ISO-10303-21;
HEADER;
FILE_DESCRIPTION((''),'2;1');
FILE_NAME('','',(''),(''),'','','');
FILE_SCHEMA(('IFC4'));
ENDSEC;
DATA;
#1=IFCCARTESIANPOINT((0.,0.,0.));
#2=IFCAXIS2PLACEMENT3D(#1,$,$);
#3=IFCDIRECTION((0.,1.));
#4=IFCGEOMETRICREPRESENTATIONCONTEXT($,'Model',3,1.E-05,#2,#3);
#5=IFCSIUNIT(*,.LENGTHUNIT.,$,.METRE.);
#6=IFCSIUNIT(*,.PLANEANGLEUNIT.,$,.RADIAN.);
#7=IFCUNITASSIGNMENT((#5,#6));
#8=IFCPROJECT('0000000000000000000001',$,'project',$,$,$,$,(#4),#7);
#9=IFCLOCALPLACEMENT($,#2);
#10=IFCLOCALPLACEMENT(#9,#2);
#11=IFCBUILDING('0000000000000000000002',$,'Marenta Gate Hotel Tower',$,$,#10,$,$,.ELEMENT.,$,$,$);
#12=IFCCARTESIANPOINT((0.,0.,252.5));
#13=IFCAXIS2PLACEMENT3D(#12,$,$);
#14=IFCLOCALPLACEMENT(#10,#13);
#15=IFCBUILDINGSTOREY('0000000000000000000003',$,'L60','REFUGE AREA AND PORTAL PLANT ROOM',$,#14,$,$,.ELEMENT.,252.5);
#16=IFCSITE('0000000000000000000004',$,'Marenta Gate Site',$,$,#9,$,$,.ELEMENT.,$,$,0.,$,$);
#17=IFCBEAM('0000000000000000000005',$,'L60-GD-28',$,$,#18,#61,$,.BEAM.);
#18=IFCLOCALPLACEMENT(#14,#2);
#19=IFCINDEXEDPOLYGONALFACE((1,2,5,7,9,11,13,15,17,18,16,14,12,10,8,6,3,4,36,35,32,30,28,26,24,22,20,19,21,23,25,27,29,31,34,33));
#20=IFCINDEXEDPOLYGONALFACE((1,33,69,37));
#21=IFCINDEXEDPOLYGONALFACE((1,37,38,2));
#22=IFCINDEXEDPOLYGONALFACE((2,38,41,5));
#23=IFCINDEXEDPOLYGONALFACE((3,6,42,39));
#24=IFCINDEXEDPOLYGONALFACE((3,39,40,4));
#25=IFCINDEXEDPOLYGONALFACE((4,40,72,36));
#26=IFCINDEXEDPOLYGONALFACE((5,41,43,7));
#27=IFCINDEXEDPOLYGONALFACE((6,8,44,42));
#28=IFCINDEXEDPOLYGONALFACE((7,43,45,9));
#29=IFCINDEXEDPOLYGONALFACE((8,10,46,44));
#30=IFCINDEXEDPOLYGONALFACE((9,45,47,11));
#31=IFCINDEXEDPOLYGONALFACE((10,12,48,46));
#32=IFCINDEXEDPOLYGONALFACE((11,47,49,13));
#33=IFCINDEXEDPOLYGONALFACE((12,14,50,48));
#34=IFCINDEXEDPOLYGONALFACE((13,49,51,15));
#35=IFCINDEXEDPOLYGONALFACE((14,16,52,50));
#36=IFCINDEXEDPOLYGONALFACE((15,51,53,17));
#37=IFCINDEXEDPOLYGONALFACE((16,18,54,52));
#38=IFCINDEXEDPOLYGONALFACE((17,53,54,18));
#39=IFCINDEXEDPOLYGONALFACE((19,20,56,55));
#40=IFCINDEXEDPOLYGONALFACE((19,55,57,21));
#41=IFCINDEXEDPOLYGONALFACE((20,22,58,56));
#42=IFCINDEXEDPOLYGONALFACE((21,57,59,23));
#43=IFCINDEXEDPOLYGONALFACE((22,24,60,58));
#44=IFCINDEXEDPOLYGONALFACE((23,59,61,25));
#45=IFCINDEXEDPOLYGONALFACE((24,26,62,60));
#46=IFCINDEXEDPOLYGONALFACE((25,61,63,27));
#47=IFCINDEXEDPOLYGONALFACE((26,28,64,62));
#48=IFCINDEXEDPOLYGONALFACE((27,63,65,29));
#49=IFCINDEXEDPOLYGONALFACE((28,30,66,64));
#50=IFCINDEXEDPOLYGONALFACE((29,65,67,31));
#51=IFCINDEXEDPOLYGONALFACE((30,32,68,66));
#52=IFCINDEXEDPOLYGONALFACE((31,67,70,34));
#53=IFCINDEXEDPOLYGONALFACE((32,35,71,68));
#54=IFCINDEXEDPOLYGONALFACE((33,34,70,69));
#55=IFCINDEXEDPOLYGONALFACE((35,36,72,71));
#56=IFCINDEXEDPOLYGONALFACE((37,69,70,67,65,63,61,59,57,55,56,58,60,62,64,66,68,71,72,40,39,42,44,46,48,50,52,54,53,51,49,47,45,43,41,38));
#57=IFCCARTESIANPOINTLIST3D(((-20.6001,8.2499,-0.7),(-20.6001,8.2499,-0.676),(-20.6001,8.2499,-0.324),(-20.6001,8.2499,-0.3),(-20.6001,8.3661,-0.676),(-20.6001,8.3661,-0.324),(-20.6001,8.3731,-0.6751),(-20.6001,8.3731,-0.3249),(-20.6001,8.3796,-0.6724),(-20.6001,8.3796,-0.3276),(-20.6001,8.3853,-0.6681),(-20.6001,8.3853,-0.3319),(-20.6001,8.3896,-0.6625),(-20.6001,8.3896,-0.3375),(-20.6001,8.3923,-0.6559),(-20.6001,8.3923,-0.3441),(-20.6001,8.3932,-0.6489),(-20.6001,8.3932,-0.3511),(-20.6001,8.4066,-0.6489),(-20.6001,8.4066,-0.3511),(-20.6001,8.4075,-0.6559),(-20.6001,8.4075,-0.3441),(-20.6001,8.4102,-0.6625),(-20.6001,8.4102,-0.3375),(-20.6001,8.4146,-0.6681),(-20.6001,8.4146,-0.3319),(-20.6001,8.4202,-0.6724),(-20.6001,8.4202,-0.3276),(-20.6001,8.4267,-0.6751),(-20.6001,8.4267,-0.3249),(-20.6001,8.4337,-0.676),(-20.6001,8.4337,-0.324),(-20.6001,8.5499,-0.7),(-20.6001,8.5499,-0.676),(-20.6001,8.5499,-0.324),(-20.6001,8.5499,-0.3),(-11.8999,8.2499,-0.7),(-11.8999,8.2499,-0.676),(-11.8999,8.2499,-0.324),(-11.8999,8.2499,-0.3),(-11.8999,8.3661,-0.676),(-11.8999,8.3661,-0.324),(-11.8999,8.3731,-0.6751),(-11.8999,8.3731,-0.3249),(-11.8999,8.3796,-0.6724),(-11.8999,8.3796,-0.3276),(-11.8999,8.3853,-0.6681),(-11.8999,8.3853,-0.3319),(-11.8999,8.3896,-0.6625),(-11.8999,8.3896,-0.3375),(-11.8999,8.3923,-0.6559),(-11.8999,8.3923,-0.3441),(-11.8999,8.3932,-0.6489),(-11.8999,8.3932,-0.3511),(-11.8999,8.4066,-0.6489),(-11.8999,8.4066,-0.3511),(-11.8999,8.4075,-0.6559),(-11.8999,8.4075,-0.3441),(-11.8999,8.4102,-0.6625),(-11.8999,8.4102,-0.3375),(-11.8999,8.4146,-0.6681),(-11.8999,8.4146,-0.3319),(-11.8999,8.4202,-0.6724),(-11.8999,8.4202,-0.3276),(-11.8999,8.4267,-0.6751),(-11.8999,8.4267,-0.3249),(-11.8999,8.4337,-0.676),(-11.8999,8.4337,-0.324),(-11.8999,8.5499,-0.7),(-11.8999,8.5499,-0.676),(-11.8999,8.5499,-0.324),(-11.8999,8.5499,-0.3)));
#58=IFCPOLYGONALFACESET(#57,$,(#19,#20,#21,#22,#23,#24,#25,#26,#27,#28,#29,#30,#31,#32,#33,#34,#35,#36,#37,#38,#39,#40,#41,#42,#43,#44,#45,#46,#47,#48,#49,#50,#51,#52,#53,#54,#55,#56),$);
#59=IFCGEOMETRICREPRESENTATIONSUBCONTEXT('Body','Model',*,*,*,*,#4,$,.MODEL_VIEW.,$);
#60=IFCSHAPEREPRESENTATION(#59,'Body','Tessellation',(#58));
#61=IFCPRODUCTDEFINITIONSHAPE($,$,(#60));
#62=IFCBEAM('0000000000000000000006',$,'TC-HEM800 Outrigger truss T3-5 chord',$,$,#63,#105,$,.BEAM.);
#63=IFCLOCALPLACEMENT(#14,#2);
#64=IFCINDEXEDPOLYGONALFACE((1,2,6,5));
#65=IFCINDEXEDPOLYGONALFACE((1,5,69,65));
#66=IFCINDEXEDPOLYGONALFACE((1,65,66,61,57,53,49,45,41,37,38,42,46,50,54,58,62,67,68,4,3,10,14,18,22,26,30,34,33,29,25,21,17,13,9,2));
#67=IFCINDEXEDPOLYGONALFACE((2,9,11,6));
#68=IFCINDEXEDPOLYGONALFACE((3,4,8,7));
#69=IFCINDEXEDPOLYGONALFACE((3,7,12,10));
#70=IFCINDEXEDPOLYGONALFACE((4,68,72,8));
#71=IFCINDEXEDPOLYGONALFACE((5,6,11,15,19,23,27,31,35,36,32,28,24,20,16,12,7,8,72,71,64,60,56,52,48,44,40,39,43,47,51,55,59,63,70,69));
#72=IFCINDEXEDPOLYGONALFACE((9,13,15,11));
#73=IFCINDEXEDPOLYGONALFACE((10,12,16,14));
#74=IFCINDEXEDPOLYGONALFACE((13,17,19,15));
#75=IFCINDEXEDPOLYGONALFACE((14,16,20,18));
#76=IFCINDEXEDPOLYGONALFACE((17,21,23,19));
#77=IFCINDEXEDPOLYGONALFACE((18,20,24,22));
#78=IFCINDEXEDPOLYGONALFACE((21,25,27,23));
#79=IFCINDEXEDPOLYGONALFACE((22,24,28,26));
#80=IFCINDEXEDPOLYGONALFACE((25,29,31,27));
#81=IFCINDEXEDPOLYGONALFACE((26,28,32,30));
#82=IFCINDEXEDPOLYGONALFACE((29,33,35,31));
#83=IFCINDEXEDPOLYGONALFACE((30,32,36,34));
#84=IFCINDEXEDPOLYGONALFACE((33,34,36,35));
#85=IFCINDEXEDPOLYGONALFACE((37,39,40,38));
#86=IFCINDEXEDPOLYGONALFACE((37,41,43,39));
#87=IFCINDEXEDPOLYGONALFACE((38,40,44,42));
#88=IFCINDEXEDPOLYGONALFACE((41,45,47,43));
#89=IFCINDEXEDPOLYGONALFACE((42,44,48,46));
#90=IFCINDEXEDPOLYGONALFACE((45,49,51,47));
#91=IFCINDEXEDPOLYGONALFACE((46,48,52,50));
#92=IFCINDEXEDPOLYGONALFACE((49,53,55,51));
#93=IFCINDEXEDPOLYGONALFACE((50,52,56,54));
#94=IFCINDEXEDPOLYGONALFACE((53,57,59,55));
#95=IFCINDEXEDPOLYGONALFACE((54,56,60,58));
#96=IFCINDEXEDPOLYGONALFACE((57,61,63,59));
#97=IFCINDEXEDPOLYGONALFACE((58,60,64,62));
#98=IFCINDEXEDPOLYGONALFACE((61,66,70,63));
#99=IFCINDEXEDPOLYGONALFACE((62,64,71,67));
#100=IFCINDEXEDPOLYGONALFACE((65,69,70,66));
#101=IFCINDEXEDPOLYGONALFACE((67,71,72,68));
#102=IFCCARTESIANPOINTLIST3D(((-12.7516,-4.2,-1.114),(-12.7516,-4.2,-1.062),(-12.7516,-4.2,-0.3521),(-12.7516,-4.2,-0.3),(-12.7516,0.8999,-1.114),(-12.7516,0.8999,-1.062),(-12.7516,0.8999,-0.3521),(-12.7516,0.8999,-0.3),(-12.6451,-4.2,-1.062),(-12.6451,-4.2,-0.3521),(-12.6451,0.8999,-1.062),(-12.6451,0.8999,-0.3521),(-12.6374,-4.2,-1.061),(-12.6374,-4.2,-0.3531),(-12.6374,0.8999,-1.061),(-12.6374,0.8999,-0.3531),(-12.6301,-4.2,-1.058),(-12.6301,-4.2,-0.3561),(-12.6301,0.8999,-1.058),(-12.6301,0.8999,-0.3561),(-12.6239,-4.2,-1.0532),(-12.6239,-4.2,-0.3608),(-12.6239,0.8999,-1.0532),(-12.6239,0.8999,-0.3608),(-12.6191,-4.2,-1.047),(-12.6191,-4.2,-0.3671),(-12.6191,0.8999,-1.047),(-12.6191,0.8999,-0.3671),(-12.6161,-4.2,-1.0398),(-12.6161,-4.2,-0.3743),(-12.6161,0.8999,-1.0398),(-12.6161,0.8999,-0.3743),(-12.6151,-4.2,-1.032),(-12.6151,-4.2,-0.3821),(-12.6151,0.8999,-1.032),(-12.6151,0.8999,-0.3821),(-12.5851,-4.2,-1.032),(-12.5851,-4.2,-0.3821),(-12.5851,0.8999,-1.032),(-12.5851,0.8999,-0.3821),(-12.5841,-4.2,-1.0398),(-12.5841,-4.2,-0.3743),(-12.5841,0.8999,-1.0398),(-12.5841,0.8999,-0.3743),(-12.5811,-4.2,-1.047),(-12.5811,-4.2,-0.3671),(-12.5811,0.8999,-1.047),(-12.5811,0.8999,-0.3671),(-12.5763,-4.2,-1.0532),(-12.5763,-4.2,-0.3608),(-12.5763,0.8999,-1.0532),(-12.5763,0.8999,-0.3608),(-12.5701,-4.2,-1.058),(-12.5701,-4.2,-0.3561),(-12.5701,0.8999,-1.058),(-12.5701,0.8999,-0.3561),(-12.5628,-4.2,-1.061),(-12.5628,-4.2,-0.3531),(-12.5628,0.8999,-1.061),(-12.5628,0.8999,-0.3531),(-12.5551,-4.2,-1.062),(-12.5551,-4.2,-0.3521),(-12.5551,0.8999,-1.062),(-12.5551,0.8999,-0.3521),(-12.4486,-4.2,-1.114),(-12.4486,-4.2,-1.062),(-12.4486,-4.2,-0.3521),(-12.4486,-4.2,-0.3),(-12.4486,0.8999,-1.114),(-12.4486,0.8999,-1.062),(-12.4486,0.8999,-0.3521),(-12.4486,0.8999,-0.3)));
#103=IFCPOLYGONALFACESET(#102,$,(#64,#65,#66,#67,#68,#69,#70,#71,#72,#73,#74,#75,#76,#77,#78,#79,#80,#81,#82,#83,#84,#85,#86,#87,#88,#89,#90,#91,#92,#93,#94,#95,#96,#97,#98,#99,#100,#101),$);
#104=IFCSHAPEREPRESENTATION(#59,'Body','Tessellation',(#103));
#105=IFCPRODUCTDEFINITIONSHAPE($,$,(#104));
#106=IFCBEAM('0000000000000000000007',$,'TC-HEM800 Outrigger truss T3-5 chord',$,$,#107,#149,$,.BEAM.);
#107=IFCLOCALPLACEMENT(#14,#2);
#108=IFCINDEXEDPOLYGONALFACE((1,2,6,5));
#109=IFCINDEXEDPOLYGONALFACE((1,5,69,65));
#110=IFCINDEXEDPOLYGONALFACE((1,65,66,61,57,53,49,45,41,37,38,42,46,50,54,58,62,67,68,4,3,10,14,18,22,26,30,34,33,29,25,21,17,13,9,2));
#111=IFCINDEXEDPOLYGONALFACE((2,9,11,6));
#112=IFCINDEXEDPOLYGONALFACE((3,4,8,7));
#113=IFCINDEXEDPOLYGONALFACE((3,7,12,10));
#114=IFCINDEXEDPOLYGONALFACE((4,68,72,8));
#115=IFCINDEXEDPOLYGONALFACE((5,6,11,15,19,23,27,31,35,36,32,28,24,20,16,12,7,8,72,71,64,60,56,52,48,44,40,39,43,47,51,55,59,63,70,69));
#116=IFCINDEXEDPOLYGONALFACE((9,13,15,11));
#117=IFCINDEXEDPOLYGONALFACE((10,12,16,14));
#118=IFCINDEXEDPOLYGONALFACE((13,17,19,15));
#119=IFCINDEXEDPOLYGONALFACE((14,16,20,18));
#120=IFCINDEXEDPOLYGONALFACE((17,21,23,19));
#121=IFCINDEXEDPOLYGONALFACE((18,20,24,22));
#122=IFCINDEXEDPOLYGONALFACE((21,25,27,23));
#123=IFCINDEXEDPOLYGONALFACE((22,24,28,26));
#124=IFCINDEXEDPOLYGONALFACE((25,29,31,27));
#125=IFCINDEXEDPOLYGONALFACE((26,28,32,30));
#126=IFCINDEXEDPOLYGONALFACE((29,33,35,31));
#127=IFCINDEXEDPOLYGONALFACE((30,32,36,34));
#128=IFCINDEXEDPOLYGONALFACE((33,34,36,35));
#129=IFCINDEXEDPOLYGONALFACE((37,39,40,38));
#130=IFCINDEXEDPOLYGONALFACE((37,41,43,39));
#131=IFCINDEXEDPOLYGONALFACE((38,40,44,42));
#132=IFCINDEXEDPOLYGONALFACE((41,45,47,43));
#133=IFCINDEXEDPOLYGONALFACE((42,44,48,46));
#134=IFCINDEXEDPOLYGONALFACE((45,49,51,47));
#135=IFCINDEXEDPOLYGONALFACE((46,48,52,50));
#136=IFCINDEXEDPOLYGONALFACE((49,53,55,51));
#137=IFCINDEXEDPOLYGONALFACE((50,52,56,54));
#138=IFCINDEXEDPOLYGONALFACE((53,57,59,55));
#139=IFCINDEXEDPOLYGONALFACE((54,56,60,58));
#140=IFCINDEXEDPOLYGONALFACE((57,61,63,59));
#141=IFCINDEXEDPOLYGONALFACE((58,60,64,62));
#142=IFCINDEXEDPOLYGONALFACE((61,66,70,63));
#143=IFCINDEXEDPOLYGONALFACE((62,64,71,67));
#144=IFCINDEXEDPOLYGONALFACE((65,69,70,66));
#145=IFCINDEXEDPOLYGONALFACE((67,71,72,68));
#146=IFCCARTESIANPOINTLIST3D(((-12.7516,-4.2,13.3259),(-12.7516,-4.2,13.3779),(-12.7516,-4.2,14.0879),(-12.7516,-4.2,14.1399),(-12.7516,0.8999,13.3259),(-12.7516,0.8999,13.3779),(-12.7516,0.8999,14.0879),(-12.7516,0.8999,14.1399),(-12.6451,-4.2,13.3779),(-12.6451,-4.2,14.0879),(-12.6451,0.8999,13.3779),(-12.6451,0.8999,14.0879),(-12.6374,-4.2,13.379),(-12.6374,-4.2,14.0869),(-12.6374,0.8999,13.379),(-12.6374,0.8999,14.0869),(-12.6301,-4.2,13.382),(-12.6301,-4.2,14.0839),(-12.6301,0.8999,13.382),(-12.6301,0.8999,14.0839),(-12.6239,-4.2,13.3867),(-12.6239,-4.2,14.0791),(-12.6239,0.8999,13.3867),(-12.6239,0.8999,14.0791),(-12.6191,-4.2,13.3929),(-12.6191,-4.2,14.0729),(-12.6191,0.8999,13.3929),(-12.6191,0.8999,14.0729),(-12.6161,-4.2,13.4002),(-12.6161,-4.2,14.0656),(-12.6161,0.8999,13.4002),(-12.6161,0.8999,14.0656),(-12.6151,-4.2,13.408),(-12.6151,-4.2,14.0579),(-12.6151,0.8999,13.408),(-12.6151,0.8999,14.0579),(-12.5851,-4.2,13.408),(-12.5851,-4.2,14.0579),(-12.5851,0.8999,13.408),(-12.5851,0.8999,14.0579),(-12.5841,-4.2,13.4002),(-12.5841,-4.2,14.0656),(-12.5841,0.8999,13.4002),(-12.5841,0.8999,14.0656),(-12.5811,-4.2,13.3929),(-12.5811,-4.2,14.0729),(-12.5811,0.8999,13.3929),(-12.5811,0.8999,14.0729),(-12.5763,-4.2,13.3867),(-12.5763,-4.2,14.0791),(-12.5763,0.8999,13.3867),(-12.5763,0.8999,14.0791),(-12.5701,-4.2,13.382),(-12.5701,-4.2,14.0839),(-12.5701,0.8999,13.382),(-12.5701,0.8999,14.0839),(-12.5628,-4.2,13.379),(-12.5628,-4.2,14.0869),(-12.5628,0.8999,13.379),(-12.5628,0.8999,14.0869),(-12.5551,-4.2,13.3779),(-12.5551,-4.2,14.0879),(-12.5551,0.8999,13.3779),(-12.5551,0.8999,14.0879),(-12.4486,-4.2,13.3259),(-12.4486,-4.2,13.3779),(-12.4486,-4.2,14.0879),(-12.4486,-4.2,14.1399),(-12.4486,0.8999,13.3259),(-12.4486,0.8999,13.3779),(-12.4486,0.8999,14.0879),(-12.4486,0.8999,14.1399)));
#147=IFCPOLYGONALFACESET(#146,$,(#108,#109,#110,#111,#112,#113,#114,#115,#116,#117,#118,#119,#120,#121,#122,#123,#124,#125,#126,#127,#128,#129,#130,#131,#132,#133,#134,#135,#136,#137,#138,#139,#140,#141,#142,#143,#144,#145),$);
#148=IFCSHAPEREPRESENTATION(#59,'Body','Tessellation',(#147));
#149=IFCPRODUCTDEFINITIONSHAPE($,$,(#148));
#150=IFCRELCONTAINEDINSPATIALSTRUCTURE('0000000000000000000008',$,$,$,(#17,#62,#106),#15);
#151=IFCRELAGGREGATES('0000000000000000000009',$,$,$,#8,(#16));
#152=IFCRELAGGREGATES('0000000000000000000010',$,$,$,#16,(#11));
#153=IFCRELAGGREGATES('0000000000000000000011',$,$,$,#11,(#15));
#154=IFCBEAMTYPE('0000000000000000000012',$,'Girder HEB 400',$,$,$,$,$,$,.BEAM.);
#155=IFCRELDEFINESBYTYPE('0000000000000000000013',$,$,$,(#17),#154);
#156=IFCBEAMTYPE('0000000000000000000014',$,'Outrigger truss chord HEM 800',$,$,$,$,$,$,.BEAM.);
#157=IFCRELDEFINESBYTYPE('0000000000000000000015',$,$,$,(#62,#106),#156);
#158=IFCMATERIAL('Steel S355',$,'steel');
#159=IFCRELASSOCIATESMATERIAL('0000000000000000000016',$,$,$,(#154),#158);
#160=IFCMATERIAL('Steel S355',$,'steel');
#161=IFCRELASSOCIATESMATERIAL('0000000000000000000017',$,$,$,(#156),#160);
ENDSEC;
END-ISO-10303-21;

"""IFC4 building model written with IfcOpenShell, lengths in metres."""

from ifc_helpers import new_model, si_unit, direction, frame, origin, origin_2d, place, context, subcontext, project, spatial, i_section, extrude, material, material_profile, profile_set, type_object, element, save


model = new_model("IFC4")

# Units and contexts
model_context = context("Model", 3, precision=1e-05, world=origin(), true_north=direction((0.0, 1.0)))
body_context = subcontext(model_context, "Body", "Model", "MODEL_VIEW")
ifc_project = project(units=[si_unit("LENGTHUNIT", "METRE"), si_unit("PLANEANGLEUNIT", "RADIAN")], contexts=[model_context])

# Site, building, storey
site_placement = place(None, origin())
site = spatial("IfcSite", under=ifc_project, at=site_placement, Name="Marenta Gate Site", CompositionType="ELEMENT", RefElevation=0.0)
building_placement = place(site_placement, origin())
building = spatial("IfcBuilding", under=site, at=building_placement, Name="Marenta Gate Hotel Tower", CompositionType="ELEMENT")
storey_placement = place(building_placement, frame((0.0, 0.0, 252.5)))
storey = spatial("IfcBuildingStorey", under=building, at=storey_placement, Name="L60", Description="REFUGE AREA AND PORTAL PLANT ROOM", CompositionType="ELEMENT", Elevation=252.5)

# Beams
ifc_material_1 = material(Name="Steel S355", Category="steel")
ifc_material_profile_1 = material_profile(ifc_material_1, i_section(OverallWidth=0.3, OverallDepth=0.3999, WebThickness=0.0134, FlangeThickness=0.0239, FilletRadius=0.0271, at=origin_2d()), Name="HEB 400")
ifc_profile_set_1 = profile_set([ifc_material_profile_1], Name="Steel S355")
beam_type_1 = type_object("IfcBeamType", Name="Girder HEB 400", PredefinedType="BEAM", material=ifc_profile_set_1)
beam_1_placement = place(storey_placement, frame((-20.6001, 8.3999, -0.5), z_axis=(1.0, 0.0, 0.0), x_axis=(0.0, 1.0, 0.0)))
element("IfcBeam", 1, at=beam_1_placement, inside=storey, type_object=beam_type_1, Name="L60-GD-28", PredefinedType="BEAM", context=body_context, shape_type="SweptSolid", body=[
    extrude(i_section(OverallWidth=0.3, OverallDepth=0.3999, WebThickness=0.0134, FlangeThickness=0.0239, FilletRadius=0.0271, at=origin_2d()), origin(), (0.0, 0.0, 1.0), 8.7002),
])
ifc_material_2 = material(Name="Steel S355", Category="steel")
ifc_material_profile_2 = material_profile(ifc_material_2, i_section(OverallWidth=0.303, OverallDepth=0.814, WebThickness=0.03, FlangeThickness=0.052, FilletRadius=0.03, at=origin_2d()), Name="HEM 800")
ifc_profile_set_2 = profile_set([ifc_material_profile_2], Name="Steel S355")
beam_type_2 = type_object("IfcBeamType", Name="Outrigger truss chord HEM 800", PredefinedType="BEAM", material=ifc_profile_set_2)
for number, where, z_axis, x_axis, name in (
    (2, (-12.6001, 0.8999, -0.707), (0.0, -1.0, 0.0), (1.0, 0.0, 0.0), "TC-HEM800 Outrigger truss T3-5 chord"),
    (3, (-12.6001, 0.8999, 13.7329), (0.0, -1.0, 0.0), (1.0, 0.0, 0.0), "TC-HEM800 Outrigger truss T3-5 chord"),
):
    element("IfcBeam", number, at=place(storey_placement, frame(where, z_axis=z_axis, x_axis=x_axis)), inside=storey, type_object=beam_type_2, Name=name, PredefinedType="BEAM", context=body_context, shape_type="SweptSolid", body=[
        extrude(i_section(OverallWidth=0.303, OverallDepth=0.814, WebThickness=0.03, FlangeThickness=0.052, FilletRadius=0.03, at=origin_2d()), origin(), (0.0, 0.0, 1.0), 5.0999),
    ])

save(model, "model.ifc")
